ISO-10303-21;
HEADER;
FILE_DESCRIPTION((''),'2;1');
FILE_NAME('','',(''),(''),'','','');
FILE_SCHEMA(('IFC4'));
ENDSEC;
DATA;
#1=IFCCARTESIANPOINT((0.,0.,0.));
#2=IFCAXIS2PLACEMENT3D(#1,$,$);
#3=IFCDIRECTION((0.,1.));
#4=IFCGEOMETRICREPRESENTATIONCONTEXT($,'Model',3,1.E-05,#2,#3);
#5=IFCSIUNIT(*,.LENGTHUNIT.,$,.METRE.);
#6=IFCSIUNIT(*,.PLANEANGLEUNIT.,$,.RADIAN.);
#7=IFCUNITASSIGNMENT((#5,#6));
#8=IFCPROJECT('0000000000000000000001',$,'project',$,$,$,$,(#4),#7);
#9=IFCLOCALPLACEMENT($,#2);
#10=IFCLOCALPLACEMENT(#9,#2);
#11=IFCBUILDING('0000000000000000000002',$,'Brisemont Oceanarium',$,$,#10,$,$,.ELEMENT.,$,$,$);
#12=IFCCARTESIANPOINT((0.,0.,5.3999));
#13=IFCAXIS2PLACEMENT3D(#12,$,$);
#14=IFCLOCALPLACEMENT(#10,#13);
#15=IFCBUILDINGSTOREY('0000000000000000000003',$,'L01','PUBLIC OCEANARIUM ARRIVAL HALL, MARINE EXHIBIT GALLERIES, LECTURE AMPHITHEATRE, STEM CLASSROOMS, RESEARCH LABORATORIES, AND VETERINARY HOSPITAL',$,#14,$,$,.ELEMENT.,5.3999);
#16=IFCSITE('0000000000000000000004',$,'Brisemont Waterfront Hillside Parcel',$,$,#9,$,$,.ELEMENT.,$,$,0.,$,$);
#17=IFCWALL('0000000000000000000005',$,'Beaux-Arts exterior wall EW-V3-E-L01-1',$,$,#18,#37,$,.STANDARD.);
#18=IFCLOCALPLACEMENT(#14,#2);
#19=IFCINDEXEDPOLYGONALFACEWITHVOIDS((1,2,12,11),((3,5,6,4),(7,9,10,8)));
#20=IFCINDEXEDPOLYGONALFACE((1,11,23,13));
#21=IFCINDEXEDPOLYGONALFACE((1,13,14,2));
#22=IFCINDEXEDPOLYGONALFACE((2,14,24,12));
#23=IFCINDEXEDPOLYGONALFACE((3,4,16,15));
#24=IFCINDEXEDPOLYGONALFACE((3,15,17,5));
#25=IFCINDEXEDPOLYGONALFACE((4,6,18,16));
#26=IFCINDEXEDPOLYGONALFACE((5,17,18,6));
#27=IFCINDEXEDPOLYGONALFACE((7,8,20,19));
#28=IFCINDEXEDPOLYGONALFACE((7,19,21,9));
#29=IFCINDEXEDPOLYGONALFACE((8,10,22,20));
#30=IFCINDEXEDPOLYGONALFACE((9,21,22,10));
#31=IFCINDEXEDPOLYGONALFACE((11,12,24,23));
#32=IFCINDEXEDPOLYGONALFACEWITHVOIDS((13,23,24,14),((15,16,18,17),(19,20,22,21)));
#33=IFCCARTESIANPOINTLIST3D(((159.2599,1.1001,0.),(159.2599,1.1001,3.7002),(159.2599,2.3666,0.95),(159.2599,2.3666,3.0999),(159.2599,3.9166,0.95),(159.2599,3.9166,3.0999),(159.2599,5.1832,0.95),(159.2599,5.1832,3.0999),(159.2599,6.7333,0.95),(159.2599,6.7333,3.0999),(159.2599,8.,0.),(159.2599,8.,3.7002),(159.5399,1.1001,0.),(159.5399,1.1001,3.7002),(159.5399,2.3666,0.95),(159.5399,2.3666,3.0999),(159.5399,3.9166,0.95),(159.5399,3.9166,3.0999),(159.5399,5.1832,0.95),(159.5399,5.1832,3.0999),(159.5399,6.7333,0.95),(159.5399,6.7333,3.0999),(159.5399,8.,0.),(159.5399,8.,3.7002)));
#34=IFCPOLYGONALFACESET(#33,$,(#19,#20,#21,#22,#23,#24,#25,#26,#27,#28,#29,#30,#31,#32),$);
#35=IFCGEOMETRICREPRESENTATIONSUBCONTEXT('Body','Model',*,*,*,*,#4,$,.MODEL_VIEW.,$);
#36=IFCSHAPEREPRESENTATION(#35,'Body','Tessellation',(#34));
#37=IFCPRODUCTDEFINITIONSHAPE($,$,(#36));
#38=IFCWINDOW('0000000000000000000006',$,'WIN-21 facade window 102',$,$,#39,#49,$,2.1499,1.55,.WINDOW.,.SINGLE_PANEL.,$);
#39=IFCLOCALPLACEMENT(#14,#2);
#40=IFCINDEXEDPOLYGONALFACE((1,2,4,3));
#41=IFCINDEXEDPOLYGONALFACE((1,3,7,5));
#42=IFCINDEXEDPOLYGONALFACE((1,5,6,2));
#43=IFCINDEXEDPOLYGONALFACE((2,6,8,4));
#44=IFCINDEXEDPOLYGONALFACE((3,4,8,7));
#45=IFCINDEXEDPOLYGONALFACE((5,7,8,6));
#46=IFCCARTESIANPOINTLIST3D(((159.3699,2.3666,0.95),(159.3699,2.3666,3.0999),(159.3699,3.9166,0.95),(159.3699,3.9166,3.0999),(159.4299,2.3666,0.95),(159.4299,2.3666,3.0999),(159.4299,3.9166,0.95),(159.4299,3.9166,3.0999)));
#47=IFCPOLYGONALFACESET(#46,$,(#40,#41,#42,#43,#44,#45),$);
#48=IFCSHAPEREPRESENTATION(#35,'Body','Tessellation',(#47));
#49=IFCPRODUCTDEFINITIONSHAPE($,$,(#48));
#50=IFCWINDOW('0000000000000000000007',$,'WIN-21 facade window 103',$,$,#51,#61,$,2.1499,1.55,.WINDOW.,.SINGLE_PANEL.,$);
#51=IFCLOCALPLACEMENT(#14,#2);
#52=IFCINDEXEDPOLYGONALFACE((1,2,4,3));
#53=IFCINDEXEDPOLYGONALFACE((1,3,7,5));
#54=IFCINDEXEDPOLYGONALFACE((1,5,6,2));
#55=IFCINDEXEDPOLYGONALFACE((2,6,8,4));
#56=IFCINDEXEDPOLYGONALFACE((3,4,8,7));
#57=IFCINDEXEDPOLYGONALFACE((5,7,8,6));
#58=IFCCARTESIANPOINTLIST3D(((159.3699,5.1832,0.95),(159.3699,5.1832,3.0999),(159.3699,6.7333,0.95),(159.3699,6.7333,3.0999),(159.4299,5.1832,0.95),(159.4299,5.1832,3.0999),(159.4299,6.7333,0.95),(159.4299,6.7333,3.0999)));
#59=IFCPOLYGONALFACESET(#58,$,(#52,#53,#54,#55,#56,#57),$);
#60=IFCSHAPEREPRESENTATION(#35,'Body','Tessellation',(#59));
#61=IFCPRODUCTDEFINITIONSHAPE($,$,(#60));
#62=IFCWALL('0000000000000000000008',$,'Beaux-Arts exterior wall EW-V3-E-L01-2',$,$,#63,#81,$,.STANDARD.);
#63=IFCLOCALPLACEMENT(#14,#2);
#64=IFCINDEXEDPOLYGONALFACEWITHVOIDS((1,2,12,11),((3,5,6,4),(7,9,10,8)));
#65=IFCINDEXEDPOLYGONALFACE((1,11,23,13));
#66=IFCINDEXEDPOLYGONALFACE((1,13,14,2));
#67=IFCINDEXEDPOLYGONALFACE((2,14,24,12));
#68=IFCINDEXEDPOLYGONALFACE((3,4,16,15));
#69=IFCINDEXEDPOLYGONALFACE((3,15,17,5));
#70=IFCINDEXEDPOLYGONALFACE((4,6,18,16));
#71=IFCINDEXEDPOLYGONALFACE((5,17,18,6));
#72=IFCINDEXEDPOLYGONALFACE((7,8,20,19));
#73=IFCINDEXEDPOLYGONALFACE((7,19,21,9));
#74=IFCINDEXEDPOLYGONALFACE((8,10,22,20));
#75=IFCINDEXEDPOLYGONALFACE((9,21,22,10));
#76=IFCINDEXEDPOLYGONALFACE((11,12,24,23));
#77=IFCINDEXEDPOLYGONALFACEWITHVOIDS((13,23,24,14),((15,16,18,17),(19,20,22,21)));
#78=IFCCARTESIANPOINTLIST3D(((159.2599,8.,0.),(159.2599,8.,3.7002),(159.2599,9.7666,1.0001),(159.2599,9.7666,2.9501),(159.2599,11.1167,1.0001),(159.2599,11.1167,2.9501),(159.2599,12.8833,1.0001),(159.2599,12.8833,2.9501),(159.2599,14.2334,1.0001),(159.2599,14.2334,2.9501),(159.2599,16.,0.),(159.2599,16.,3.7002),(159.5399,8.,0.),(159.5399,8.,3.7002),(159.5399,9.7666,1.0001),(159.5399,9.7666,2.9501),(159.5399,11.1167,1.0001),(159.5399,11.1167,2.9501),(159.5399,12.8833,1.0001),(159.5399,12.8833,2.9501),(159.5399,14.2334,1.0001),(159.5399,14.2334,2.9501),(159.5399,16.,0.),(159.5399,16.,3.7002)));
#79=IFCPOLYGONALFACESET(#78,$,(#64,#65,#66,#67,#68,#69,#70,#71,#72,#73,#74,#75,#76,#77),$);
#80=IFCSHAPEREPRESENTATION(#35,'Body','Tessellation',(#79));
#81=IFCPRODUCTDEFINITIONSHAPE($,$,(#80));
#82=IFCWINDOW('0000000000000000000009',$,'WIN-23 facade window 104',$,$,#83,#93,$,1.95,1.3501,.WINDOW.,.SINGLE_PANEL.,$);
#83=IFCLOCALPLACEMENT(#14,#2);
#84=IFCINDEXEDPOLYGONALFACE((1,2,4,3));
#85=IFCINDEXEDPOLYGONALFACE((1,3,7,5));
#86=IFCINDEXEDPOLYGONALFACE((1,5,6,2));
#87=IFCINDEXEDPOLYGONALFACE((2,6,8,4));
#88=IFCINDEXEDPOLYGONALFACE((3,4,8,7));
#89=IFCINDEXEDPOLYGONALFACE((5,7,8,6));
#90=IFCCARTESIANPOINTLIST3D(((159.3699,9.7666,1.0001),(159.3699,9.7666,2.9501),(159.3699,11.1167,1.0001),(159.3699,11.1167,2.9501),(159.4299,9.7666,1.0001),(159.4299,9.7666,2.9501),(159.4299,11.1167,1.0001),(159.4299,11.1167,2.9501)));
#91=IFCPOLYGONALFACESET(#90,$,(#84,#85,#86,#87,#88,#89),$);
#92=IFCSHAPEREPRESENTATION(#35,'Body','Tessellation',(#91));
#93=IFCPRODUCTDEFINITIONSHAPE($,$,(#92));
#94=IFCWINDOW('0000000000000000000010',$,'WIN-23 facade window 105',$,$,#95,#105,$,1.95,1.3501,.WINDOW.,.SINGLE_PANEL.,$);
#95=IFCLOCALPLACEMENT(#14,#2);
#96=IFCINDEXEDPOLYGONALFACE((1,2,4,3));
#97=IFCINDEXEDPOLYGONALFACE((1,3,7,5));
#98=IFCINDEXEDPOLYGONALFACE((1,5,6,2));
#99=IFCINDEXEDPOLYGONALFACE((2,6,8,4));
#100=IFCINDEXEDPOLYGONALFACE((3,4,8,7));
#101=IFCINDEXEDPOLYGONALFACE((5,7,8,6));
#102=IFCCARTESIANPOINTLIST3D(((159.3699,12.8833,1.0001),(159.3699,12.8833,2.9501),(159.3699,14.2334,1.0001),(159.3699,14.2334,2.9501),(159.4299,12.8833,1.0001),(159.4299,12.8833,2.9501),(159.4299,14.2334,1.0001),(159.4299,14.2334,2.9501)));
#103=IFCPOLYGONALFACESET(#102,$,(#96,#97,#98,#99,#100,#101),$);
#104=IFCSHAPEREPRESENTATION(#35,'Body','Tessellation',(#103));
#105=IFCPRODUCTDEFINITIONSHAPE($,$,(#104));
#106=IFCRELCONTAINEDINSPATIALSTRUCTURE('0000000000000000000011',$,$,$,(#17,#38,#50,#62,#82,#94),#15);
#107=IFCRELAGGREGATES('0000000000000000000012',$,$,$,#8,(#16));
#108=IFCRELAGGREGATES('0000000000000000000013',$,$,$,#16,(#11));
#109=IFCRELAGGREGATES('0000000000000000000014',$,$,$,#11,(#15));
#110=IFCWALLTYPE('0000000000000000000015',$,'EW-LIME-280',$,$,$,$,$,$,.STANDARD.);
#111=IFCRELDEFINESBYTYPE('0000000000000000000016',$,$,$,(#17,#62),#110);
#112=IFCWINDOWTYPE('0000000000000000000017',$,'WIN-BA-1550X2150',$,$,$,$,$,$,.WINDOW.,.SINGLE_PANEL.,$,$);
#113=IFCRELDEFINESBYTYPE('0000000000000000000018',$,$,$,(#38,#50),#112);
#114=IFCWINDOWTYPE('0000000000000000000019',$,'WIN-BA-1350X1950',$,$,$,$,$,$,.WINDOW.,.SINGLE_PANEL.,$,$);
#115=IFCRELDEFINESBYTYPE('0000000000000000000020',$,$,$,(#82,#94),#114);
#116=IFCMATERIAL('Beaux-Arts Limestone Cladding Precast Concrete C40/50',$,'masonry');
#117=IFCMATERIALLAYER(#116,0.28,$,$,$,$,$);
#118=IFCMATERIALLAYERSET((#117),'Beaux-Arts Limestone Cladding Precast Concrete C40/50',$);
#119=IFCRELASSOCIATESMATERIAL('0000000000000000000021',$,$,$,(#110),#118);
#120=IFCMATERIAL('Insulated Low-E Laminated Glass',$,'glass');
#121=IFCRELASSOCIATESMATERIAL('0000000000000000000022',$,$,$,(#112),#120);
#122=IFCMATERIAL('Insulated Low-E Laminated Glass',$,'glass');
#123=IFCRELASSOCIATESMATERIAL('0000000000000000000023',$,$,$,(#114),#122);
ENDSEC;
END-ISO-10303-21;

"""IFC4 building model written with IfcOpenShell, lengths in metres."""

from ifc_helpers import new_model, si_unit, direction, frame, frame_2d, origin, place, context, subcontext, project, spatial, rectangle, extrude, material, layer, layer_set, type_object, element, fill, save


model = new_model("IFC4")

# Units and contexts
model_context = context("Model", 3, precision=1e-05, world=origin(), true_north=direction((0.0, 1.0)))
body_context = subcontext(model_context, "Body", "Model", "MODEL_VIEW")
ifc_project = project(units=[si_unit("LENGTHUNIT", "METRE"), si_unit("PLANEANGLEUNIT", "RADIAN")], contexts=[model_context])

# Site, building, storey
site_placement = place(None, origin())
site = spatial("IfcSite", under=ifc_project, at=site_placement, Name="Brisemont Waterfront Hillside Parcel", CompositionType="ELEMENT", RefElevation=0.0)
building_placement = place(site_placement, origin())
building = spatial("IfcBuilding", under=site, at=building_placement, Name="Brisemont Oceanarium", CompositionType="ELEMENT")
storey_placement = place(building_placement, frame((0.0, 0.0, 5.3999)))
storey = spatial("IfcBuildingStorey", under=building, at=storey_placement, Name="L01", Description="PUBLIC OCEANARIUM ARRIVAL HALL, MARINE EXHIBIT GALLERIES, LECTURE AMPHITHEATRE, STEM CLASSROOMS, RESEARCH LABORATORIES, AND VETERINARY HOSPITAL", CompositionType="ELEMENT", Elevation=5.3999)

# Walls, openings, windows
ifc_material_1 = material(Name="Beaux-Arts Limestone Cladding Precast Concrete C40/50", Category="masonry")
ifc_layer = layer(ifc_material_1, 0.28)
ifc_layer_set = layer_set([ifc_layer], Name="Beaux-Arts Limestone Cladding Precast Concrete C40/50")
wall_type = type_object("IfcWallType", Name="EW-LIME-280", PredefinedType="STANDARD", material=ifc_layer_set)
wall_1_placement = place(storey_placement, frame((159.3999, 1.1001, 0.0), z_axis=(0.0, 0.0, 1.0), x_axis=(0.0, 1.0, 0.0)))
wall_1 = element("IfcWall", 1, at=wall_1_placement, inside=storey, type_object=wall_type, Name="Beaux-Arts exterior wall EW-V3-E-L01-1", PredefinedType="STANDARD", context=body_context, shape_type="SweptSolid", body=[
    extrude(rectangle(XDim=6.8999, YDim=0.28, at=frame_2d((3.45, 0.0))), origin(), (0.0, 0.0, 1.0), 3.7002),
])
opening_1_placement = place(wall_1_placement, frame((1.2666, 0.0, 0.95)))
opening_1 = element("IfcOpeningElement", 2, at=opening_1_placement, cuts=wall_1, PredefinedType="OPENING", context=body_context, shape_type="SweptSolid", body=[
    extrude(rectangle(XDim=1.55, YDim=2.1499, at=frame_2d((0.7749, 1.075))), frame((0.0, 0.1499, 0.0), z_axis=(0.0, -1.0, 0.0), x_axis=(1.0, 0.0, 0.0)), (0.0, 0.0, 1.0), 0.3),
])
opening_2_placement = place(wall_1_placement, frame((4.0833, 0.0, 0.95)))
opening_2 = element("IfcOpeningElement", 3, at=opening_2_placement, cuts=wall_1, PredefinedType="OPENING", context=body_context, shape_type="SweptSolid", body=[
    extrude(rectangle(XDim=1.55, YDim=2.1499, at=frame_2d((0.7749, 1.075))), frame((0.0, 0.1499, 0.0), z_axis=(0.0, -1.0, 0.0), x_axis=(1.0, 0.0, 0.0)), (0.0, 0.0, 1.0), 0.3),
])
ifc_material_2 = material(Name="Insulated Low-E Laminated Glass", Category="glass")
window_type_1 = type_object("IfcWindowType", Name="WIN-BA-1550X2150", PartitioningType="SINGLE_PANEL", PredefinedType="WINDOW", material=ifc_material_2)
window_1_placement = place(opening_1_placement, origin())
window_1 = element("IfcWindow", 4, at=window_1_placement, inside=storey, type_object=window_type_1, Name="WIN-21 facade window 102", OverallHeight=2.1499, OverallWidth=1.55, PartitioningType="SINGLE_PANEL", PredefinedType="WINDOW", context=body_context, shape_type="SweptSolid", body=[
    extrude(rectangle(XDim=1.55, YDim=2.1499, at=frame_2d((0.7749, 1.075))), frame((0.0, 0.03, 0.0), z_axis=(0.0, -1.0, 0.0), x_axis=(1.0, 0.0, 0.0)), (0.0, 0.0, 1.0), 0.0601),
])
fill(opening_1, window_1)
window_2_placement = place(opening_2_placement, origin())
window_2 = element("IfcWindow", 5, at=window_2_placement, inside=storey, type_object=window_type_1, Name="WIN-21 facade window 103", OverallHeight=2.1499, OverallWidth=1.55, PartitioningType="SINGLE_PANEL", PredefinedType="WINDOW", context=body_context, shape_type="SweptSolid", body=[
    extrude(rectangle(XDim=1.55, YDim=2.1499, at=frame_2d((0.7749, 1.075))), frame((0.0, 0.03, 0.0), z_axis=(0.0, -1.0, 0.0), x_axis=(1.0, 0.0, 0.0)), (0.0, 0.0, 1.0), 0.0601),
])
fill(opening_2, window_2)
wall_2_placement = place(storey_placement, frame((159.3999, 8.0, 0.0), z_axis=(0.0, 0.0, 1.0), x_axis=(0.0, 1.0, 0.0)))
wall_2 = element("IfcWall", 6, at=wall_2_placement, inside=storey, type_object=wall_type, Name="Beaux-Arts exterior wall EW-V3-E-L01-2", PredefinedType="STANDARD", context=body_context, shape_type="SweptSolid", body=[
    extrude(rectangle(XDim=8.0, YDim=0.28, at=frame_2d((4.0, 0.0))), origin(), (0.0, 0.0, 1.0), 3.7002),
])
opening_3_placement = place(wall_2_placement, frame((1.7666, 0.0, 1.0)))
opening_3 = element("IfcOpeningElement", 7, at=opening_3_placement, cuts=wall_2, PredefinedType="OPENING", context=body_context, shape_type="SweptSolid", body=[
    extrude(rectangle(XDim=1.3501, YDim=1.95, at=frame_2d((0.675, 0.9751))), frame((0.0, 0.1499, 0.0), z_axis=(0.0, -1.0, 0.0), x_axis=(1.0, 0.0, 0.0)), (0.0, 0.0, 1.0), 0.3),
])
opening_4_placement = place(wall_2_placement, frame((4.8833, 0.0, 1.0)))
opening_4 = element("IfcOpeningElement", 8, at=opening_4_placement, cuts=wall_2, PredefinedType="OPENING", context=body_context, shape_type="SweptSolid", body=[
    extrude(rectangle(XDim=1.3501, YDim=1.95, at=frame_2d((0.675, 0.9751))), frame((0.0, 0.1499, 0.0), z_axis=(0.0, -1.0, 0.0), x_axis=(1.0, 0.0, 0.0)), (0.0, 0.0, 1.0), 0.3),
])
ifc_material_3 = material(Name="Insulated Low-E Laminated Glass", Category="glass")
window_type_2 = type_object("IfcWindowType", Name="WIN-BA-1350X1950", PartitioningType="SINGLE_PANEL", PredefinedType="WINDOW", material=ifc_material_3)
window_3_placement = place(opening_3_placement, origin())
window_3 = element("IfcWindow", 9, at=window_3_placement, inside=storey, type_object=window_type_2, Name="WIN-23 facade window 104", OverallHeight=1.95, OverallWidth=1.3501, PartitioningType="SINGLE_PANEL", PredefinedType="WINDOW", context=body_context, shape_type="SweptSolid", body=[
    extrude(rectangle(XDim=1.3501, YDim=1.95, at=frame_2d((0.675, 0.9751))), frame((0.0, 0.03, 0.0), z_axis=(0.0, -1.0, 0.0), x_axis=(1.0, 0.0, 0.0)), (0.0, 0.0, 1.0), 0.0601),
])
fill(opening_3, window_3)
window_4_placement = place(opening_4_placement, origin())
window_4 = element("IfcWindow", 10, at=window_4_placement, inside=storey, type_object=window_type_2, Name="WIN-23 facade window 105", OverallHeight=1.95, OverallWidth=1.3501, PartitioningType="SINGLE_PANEL", PredefinedType="WINDOW", context=body_context, shape_type="SweptSolid", body=[
    extrude(rectangle(XDim=1.3501, YDim=1.95, at=frame_2d((0.675, 0.9751))), frame((0.0, 0.03, 0.0), z_axis=(0.0, -1.0, 0.0), x_axis=(1.0, 0.0, 0.0)), (0.0, 0.0, 1.0), 0.0601),
])
fill(opening_4, window_4)

save(model, "model.ifc")
